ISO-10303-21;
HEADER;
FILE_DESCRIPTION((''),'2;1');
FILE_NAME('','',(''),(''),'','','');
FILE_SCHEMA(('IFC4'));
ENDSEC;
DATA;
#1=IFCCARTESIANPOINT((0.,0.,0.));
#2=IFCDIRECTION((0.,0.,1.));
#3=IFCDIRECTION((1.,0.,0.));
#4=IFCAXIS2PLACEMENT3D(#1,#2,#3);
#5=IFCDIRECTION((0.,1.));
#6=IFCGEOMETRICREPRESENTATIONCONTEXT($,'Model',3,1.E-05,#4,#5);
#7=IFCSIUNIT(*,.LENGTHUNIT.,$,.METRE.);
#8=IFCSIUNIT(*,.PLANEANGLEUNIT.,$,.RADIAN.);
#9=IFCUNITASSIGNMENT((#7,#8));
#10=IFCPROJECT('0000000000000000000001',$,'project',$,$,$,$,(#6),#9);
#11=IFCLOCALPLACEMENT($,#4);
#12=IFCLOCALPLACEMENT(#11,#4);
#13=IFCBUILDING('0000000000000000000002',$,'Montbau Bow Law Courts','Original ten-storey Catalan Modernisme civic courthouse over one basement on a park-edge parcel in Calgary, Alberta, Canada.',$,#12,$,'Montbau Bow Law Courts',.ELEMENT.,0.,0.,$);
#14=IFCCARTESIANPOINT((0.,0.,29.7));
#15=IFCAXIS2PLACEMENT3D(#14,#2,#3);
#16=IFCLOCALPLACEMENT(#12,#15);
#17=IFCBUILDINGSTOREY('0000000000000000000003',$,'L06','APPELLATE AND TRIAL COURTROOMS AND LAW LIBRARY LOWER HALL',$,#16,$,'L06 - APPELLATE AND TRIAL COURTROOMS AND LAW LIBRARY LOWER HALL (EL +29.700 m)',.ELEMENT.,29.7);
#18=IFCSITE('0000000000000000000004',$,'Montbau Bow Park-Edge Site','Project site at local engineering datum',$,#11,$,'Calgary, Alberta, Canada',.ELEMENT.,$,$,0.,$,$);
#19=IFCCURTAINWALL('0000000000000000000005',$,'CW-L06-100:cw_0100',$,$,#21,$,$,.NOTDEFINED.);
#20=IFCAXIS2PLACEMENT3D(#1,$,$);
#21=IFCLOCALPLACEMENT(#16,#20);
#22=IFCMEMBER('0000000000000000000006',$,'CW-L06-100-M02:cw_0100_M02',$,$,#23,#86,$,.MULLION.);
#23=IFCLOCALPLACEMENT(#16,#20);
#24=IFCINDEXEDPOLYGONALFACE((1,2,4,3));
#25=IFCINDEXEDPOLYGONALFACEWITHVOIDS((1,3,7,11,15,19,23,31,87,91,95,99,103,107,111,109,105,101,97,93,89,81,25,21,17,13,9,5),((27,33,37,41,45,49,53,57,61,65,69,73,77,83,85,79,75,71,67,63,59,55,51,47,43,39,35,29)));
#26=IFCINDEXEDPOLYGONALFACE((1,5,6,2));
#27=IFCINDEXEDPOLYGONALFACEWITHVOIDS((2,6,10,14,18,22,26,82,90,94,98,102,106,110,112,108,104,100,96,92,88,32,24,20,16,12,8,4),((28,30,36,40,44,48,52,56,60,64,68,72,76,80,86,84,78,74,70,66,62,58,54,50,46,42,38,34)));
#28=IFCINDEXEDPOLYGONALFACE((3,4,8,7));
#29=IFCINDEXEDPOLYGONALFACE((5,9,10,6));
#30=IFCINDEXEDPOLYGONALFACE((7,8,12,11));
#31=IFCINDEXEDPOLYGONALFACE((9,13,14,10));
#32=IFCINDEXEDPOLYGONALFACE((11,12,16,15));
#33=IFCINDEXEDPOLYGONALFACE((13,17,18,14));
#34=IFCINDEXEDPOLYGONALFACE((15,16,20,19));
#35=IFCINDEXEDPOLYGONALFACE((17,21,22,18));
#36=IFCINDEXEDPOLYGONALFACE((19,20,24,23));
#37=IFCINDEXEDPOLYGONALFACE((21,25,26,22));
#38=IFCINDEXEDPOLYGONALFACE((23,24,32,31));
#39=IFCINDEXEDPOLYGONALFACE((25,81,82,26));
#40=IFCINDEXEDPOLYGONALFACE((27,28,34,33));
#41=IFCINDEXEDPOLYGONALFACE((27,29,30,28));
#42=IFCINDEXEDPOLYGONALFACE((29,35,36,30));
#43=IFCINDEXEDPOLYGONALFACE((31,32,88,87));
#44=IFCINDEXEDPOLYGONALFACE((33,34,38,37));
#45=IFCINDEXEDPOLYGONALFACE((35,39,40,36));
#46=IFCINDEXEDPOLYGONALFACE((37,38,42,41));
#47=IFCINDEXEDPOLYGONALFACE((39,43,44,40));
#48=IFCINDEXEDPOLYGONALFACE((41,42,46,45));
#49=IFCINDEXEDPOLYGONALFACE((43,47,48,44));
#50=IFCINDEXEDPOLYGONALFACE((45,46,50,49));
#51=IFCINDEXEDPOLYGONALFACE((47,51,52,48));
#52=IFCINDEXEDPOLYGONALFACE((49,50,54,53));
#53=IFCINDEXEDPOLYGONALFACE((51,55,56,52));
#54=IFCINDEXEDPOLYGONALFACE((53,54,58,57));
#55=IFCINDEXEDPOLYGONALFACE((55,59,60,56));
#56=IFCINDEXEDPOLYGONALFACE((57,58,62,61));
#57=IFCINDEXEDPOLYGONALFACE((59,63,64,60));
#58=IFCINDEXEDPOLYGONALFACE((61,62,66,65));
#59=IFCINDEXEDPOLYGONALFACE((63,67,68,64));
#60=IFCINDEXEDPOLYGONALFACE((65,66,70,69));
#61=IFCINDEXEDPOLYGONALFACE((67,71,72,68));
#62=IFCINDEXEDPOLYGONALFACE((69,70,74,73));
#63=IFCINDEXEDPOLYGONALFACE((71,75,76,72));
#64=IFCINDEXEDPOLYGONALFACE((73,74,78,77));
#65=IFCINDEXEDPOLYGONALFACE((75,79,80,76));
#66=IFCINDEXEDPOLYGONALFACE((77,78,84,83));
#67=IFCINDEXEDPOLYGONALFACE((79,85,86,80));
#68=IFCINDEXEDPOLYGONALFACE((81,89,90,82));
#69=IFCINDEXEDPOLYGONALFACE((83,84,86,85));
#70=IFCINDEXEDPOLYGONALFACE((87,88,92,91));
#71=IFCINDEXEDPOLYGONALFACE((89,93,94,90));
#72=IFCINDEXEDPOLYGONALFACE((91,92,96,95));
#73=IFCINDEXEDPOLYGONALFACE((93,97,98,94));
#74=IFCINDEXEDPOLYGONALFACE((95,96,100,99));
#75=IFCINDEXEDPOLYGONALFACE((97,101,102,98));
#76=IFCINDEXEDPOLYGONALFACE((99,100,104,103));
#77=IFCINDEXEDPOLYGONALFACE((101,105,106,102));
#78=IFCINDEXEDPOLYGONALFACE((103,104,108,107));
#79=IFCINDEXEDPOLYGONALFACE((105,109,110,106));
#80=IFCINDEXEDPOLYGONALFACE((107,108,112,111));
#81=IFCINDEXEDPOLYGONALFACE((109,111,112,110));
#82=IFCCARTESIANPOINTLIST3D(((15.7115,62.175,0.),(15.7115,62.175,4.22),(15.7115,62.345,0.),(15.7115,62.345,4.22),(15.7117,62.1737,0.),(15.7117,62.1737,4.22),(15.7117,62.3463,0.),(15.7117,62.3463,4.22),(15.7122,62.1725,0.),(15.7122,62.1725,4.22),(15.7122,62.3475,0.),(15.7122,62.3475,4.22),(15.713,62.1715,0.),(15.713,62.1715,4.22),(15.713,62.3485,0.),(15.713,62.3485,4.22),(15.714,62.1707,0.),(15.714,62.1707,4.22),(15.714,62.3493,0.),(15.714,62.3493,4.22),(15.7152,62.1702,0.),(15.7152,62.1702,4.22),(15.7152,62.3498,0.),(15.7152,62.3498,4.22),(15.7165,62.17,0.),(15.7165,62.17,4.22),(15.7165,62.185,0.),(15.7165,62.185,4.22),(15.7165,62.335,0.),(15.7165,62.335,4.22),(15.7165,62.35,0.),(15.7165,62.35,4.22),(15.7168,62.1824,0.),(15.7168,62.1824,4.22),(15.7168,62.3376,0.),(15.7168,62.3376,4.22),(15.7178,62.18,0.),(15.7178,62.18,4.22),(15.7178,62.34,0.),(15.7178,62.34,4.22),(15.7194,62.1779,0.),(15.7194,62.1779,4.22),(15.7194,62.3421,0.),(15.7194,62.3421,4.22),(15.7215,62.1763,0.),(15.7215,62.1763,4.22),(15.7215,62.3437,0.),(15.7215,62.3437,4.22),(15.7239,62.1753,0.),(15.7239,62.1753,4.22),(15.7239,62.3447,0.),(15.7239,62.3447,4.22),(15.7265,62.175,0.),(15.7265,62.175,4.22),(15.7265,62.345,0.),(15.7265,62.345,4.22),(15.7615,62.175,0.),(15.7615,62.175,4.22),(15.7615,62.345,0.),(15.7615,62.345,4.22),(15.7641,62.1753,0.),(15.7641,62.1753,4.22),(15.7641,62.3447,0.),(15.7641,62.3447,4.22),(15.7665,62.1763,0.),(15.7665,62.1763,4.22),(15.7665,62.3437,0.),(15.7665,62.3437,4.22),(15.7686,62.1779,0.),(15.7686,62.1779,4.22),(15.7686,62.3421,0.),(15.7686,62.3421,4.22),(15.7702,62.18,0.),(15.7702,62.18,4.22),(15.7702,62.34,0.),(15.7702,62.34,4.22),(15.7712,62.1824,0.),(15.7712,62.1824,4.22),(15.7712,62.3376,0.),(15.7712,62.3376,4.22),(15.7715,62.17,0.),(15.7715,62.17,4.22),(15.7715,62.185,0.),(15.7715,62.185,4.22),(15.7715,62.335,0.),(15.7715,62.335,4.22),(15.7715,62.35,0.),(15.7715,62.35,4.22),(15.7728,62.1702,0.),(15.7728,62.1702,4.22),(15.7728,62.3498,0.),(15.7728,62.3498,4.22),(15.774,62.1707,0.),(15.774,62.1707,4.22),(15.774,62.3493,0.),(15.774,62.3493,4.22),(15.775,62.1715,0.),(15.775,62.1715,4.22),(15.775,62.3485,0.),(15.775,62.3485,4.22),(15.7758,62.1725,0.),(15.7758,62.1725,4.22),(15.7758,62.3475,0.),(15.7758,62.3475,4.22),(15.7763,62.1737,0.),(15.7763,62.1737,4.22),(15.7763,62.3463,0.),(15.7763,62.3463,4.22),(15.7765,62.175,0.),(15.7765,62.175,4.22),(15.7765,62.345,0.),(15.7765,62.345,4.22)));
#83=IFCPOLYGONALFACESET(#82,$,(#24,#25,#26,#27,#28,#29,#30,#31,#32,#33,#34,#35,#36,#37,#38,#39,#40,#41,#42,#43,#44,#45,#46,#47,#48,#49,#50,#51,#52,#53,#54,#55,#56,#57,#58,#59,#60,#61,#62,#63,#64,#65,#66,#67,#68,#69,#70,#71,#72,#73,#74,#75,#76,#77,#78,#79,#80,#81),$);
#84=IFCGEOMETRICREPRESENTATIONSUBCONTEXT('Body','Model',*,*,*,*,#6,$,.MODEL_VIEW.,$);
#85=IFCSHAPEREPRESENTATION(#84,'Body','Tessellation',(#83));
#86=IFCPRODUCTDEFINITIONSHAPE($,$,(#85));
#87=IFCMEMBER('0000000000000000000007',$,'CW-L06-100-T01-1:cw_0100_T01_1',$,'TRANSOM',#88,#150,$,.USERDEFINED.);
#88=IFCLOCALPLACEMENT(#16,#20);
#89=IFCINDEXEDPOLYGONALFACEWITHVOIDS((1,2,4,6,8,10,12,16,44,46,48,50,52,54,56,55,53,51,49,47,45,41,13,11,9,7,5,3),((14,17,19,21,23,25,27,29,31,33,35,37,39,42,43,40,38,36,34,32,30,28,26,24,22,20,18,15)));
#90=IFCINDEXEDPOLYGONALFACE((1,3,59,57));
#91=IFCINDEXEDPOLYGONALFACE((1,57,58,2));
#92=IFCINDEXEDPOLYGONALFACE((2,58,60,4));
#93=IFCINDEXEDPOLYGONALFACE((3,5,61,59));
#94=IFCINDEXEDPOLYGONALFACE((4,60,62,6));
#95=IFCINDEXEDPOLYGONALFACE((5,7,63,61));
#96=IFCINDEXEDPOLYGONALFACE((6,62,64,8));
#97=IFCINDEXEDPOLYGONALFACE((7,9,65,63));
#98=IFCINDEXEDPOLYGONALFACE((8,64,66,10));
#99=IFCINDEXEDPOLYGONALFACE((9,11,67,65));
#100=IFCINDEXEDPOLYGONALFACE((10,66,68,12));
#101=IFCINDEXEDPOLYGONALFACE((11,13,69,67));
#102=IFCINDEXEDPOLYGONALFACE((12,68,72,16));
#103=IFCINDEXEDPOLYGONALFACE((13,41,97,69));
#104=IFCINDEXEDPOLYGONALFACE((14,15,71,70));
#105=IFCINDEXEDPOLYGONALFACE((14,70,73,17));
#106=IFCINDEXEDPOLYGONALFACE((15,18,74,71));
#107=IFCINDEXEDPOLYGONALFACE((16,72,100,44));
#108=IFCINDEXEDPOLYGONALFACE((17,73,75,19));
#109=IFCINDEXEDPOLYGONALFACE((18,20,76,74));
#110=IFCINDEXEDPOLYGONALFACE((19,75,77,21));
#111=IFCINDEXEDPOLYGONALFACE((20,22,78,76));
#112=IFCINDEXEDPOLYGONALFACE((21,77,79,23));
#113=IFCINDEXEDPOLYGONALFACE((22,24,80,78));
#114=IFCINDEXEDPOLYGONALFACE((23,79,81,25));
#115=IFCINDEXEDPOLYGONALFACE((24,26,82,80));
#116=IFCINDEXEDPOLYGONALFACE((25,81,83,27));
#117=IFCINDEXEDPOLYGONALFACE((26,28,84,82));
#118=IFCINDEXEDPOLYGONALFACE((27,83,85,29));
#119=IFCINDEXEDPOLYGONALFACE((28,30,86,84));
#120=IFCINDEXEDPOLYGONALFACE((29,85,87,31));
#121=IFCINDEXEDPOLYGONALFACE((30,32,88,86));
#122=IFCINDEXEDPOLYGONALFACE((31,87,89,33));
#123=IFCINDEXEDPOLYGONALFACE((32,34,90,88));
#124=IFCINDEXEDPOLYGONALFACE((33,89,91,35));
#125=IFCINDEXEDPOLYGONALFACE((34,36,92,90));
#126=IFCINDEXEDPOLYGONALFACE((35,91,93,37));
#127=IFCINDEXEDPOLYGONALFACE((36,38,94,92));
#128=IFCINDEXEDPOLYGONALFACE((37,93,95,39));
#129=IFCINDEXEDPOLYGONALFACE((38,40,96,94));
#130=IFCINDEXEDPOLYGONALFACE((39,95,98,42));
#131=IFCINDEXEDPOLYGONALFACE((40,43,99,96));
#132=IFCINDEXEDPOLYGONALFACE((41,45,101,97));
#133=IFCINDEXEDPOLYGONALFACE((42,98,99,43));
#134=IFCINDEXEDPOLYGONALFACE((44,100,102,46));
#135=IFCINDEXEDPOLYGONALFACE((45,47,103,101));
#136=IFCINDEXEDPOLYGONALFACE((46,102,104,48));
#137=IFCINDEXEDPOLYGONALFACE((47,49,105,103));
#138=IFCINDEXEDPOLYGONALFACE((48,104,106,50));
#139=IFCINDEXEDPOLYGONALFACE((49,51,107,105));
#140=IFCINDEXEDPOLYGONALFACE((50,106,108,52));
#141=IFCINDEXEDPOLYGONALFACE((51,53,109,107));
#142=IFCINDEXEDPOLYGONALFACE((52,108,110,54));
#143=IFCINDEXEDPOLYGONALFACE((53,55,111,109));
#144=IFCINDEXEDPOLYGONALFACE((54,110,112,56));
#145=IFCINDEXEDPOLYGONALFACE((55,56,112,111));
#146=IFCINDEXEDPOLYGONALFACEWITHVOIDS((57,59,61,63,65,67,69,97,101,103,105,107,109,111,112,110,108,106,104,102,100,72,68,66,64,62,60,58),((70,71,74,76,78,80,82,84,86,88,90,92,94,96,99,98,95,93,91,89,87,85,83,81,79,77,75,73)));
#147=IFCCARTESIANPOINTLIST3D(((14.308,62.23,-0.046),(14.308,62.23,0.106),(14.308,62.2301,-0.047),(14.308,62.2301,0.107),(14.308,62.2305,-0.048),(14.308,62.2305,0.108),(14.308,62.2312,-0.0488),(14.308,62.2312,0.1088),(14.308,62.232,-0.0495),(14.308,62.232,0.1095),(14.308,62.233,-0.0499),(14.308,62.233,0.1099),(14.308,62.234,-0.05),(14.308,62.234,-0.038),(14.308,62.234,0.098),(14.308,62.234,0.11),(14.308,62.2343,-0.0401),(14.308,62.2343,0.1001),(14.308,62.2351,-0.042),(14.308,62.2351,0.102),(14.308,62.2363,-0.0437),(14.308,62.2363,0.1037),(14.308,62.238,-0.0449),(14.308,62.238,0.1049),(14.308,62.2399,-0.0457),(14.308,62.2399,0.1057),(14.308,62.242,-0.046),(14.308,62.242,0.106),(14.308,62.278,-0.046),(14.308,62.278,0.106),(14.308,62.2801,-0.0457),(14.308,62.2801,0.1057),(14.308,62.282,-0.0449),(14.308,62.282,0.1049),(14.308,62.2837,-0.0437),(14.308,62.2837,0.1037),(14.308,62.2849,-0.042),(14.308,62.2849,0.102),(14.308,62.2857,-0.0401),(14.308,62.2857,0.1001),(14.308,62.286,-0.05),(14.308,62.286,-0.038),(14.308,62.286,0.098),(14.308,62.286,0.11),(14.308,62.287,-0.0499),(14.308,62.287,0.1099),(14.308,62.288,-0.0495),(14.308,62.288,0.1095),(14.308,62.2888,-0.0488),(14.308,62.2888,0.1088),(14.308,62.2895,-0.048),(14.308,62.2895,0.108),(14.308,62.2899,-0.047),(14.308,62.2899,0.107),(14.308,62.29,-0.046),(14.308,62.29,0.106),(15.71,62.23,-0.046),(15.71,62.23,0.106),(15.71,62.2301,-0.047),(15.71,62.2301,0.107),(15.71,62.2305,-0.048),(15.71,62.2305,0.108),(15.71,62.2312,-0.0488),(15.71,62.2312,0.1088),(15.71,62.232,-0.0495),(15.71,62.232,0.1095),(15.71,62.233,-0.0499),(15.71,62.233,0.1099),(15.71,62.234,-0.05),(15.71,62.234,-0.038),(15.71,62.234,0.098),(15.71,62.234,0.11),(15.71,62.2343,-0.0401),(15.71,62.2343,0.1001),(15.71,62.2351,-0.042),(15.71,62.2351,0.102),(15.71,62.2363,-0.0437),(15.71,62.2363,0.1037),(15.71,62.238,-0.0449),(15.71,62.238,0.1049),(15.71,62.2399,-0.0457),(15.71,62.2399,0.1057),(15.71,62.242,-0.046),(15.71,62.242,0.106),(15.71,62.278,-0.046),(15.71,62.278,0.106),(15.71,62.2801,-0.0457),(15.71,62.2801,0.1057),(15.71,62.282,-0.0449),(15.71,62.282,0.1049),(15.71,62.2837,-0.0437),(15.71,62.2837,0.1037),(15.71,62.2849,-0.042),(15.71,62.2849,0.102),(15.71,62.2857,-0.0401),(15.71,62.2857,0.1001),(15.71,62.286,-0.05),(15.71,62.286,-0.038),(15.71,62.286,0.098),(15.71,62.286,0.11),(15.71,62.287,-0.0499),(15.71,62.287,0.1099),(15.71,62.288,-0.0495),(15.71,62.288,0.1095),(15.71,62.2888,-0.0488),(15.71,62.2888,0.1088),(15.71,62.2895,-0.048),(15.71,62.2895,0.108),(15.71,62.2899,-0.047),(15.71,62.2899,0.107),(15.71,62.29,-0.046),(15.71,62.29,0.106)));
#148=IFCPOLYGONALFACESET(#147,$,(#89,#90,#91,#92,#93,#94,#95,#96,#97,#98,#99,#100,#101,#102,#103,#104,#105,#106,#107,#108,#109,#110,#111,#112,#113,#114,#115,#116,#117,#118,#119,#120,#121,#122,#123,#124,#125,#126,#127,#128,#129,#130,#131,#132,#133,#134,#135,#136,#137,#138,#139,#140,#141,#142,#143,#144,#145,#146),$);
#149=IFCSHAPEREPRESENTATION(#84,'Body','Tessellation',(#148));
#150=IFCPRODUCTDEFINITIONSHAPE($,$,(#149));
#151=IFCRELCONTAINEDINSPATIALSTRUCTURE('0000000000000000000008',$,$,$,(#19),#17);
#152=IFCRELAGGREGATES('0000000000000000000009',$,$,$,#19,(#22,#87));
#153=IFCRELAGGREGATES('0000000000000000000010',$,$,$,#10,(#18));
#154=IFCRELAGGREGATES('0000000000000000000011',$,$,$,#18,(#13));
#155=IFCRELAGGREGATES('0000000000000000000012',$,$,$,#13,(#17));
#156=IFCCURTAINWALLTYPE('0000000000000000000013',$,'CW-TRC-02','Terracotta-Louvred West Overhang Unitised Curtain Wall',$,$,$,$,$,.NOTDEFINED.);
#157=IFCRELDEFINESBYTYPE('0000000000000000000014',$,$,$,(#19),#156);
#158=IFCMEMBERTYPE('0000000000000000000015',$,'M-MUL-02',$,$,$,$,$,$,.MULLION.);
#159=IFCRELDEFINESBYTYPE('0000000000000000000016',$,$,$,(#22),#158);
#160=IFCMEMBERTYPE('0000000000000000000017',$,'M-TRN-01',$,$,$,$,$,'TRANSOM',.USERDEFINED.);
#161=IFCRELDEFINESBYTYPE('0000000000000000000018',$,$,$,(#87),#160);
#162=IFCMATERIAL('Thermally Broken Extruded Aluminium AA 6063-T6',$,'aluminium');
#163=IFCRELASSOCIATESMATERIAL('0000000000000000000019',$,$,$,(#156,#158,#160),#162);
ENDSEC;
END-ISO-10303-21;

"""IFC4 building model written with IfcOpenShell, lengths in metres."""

from ifc_helpers import new_model, si_unit, direction, frame, origin_with_axes, origin_2d_with_axis, place, context, subcontext, project, spatial, hollow_rectangle, extrude, material, material_profile, profile_set, type_object, element, aggregate, save


model = new_model("IFC4")

# Units and contexts
model_context = context("Model", 3, precision=1e-05, world=origin_with_axes(), true_north=direction((0.0, 1.0)))
body_context = subcontext(model_context, "Body", "Model", "MODEL_VIEW")
ifc_project = project(units=[si_unit("LENGTHUNIT", "METRE"), si_unit("PLANEANGLEUNIT", "RADIAN")], contexts=[model_context])

# Site, building, storey
site_placement = place(None, origin_with_axes())
site = spatial("IfcSite", under=ifc_project, at=site_placement, Name="Montbau Bow Park-Edge Site", Description="Project site at local engineering datum", LongName="Calgary, Alberta, Canada", CompositionType="ELEMENT", RefElevation=0.0)
building_placement = place(site_placement, origin_with_axes())
building = spatial("IfcBuilding", under=site, at=building_placement, Name="Montbau Bow Law Courts", Description="Original ten-storey Catalan Modernisme civic courthouse over one basement on a park-edge parcel in Calgary, Alberta, Canada.", LongName="Montbau Bow Law Courts", CompositionType="ELEMENT", ElevationOfRefHeight=0.0, ElevationOfTerrain=0.0)
storey_placement = place(building_placement, frame((0.0, 0.0, 29.7), z_axis=(0.0, 0.0, 1.0), x_axis=(1.0, 0.0, 0.0)))
storey = spatial("IfcBuildingStorey", under=building, at=storey_placement, Name="L06", Description="APPELLATE AND TRIAL COURTROOMS AND LAW LIBRARY LOWER HALL", LongName="L06 - APPELLATE AND TRIAL COURTROOMS AND LAW LIBRARY LOWER HALL (EL +29.700 m)", CompositionType="ELEMENT", Elevation=29.7)

# Shared definitions
ifc_material_1 = material(Name="Thermally Broken Extruded Aluminium AA 6063-T6", Category="aluminium")
curtain_wall_type = type_object("IfcCurtainWallType", Name="CW-TRC-02", Description="Terracotta-Louvred West Overhang Unitised Curtain Wall", PredefinedType="NOTDEFINED", material=ifc_material_1)

# Curtain wall, members
curtain_wall_1_placement = place(None, frame((14.24, 62.26, 29.7), z_axis=(0.0, 0.0, 1.0), x_axis=(1.0, 0.0, 0.0)))
curtain_wall_1 = element("IfcCurtainWall", 1, at=curtain_wall_1_placement, inside=storey, type_object=curtain_wall_type, Name="CW-L06-100:cw_0100", PredefinedType="NOTDEFINED")
ifc_material_profile_1 = material_profile(ifc_material_1, hollow_rectangle(XDim=0.065, YDim=0.18, WallThickness=0.005, InnerFilletRadius=0.01, OuterFilletRadius=0.005, at=origin_2d_with_axis()), Name="CWM-180X65", Category="Main", Priority=0)
ifc_profile_set_1 = profile_set([ifc_material_profile_1], Name="Thermally Broken Extruded Aluminium AA 6063-T6")
member_type_1 = type_object("IfcMemberType", Name="M-MUL-02", PredefinedType="MULLION", material=ifc_profile_set_1)
member_1_placement = place(None, frame((15.744, 62.26, 29.7), z_axis=(0.0, 0.0, 1.0), x_axis=(1.0, 0.0, 0.0)))
member_1 = element("IfcMember", 2, at=member_1_placement, type_object=member_type_1, Name="CW-L06-100-M02:cw_0100_M02", PredefinedType="MULLION", context=body_context, shape_type="SweptSolid", body=[
    extrude(hollow_rectangle(XDim=0.065, YDim=0.18, WallThickness=0.005, InnerFilletRadius=0.01, OuterFilletRadius=0.005, at=origin_2d_with_axis()), origin_with_axes(), (0.0, 0.0, 1.0), 4.22),
])
ifc_material_profile_2 = material_profile(ifc_material_1, hollow_rectangle(XDim=0.06, YDim=0.16, WallThickness=0.004, InnerFilletRadius=0.008, OuterFilletRadius=0.004, at=origin_2d_with_axis()), Name="CWT-160X60", Category="Main", Priority=0)
ifc_profile_set_2 = profile_set([ifc_material_profile_2], Name="Thermally Broken Extruded Aluminium AA 6063-T6")
member_type_2 = type_object("IfcMemberType", Name="M-TRN-01", ElementType="TRANSOM", PredefinedType="USERDEFINED", material=ifc_profile_set_2)
member_2_placement = place(None, frame((14.308, 62.26, 29.73), z_axis=(1.0, 0.0, 0.0), x_axis=(0.0, 1.0, 0.0)))
member_2 = element("IfcMember", 3, at=member_2_placement, type_object=member_type_2, Name="CW-L06-100-T01-1:cw_0100_T01_1", ObjectType="TRANSOM", PredefinedType="USERDEFINED", context=body_context, shape_type="SweptSolid", body=[
    extrude(hollow_rectangle(XDim=0.06, YDim=0.16, WallThickness=0.004, InnerFilletRadius=0.008, OuterFilletRadius=0.004, at=origin_2d_with_axis()), origin_with_axes(), (0.0, 0.0, 1.0), 1.402),
])
aggregate(curtain_wall_1, [member_1, member_2])

save(model, "model.ifc")
